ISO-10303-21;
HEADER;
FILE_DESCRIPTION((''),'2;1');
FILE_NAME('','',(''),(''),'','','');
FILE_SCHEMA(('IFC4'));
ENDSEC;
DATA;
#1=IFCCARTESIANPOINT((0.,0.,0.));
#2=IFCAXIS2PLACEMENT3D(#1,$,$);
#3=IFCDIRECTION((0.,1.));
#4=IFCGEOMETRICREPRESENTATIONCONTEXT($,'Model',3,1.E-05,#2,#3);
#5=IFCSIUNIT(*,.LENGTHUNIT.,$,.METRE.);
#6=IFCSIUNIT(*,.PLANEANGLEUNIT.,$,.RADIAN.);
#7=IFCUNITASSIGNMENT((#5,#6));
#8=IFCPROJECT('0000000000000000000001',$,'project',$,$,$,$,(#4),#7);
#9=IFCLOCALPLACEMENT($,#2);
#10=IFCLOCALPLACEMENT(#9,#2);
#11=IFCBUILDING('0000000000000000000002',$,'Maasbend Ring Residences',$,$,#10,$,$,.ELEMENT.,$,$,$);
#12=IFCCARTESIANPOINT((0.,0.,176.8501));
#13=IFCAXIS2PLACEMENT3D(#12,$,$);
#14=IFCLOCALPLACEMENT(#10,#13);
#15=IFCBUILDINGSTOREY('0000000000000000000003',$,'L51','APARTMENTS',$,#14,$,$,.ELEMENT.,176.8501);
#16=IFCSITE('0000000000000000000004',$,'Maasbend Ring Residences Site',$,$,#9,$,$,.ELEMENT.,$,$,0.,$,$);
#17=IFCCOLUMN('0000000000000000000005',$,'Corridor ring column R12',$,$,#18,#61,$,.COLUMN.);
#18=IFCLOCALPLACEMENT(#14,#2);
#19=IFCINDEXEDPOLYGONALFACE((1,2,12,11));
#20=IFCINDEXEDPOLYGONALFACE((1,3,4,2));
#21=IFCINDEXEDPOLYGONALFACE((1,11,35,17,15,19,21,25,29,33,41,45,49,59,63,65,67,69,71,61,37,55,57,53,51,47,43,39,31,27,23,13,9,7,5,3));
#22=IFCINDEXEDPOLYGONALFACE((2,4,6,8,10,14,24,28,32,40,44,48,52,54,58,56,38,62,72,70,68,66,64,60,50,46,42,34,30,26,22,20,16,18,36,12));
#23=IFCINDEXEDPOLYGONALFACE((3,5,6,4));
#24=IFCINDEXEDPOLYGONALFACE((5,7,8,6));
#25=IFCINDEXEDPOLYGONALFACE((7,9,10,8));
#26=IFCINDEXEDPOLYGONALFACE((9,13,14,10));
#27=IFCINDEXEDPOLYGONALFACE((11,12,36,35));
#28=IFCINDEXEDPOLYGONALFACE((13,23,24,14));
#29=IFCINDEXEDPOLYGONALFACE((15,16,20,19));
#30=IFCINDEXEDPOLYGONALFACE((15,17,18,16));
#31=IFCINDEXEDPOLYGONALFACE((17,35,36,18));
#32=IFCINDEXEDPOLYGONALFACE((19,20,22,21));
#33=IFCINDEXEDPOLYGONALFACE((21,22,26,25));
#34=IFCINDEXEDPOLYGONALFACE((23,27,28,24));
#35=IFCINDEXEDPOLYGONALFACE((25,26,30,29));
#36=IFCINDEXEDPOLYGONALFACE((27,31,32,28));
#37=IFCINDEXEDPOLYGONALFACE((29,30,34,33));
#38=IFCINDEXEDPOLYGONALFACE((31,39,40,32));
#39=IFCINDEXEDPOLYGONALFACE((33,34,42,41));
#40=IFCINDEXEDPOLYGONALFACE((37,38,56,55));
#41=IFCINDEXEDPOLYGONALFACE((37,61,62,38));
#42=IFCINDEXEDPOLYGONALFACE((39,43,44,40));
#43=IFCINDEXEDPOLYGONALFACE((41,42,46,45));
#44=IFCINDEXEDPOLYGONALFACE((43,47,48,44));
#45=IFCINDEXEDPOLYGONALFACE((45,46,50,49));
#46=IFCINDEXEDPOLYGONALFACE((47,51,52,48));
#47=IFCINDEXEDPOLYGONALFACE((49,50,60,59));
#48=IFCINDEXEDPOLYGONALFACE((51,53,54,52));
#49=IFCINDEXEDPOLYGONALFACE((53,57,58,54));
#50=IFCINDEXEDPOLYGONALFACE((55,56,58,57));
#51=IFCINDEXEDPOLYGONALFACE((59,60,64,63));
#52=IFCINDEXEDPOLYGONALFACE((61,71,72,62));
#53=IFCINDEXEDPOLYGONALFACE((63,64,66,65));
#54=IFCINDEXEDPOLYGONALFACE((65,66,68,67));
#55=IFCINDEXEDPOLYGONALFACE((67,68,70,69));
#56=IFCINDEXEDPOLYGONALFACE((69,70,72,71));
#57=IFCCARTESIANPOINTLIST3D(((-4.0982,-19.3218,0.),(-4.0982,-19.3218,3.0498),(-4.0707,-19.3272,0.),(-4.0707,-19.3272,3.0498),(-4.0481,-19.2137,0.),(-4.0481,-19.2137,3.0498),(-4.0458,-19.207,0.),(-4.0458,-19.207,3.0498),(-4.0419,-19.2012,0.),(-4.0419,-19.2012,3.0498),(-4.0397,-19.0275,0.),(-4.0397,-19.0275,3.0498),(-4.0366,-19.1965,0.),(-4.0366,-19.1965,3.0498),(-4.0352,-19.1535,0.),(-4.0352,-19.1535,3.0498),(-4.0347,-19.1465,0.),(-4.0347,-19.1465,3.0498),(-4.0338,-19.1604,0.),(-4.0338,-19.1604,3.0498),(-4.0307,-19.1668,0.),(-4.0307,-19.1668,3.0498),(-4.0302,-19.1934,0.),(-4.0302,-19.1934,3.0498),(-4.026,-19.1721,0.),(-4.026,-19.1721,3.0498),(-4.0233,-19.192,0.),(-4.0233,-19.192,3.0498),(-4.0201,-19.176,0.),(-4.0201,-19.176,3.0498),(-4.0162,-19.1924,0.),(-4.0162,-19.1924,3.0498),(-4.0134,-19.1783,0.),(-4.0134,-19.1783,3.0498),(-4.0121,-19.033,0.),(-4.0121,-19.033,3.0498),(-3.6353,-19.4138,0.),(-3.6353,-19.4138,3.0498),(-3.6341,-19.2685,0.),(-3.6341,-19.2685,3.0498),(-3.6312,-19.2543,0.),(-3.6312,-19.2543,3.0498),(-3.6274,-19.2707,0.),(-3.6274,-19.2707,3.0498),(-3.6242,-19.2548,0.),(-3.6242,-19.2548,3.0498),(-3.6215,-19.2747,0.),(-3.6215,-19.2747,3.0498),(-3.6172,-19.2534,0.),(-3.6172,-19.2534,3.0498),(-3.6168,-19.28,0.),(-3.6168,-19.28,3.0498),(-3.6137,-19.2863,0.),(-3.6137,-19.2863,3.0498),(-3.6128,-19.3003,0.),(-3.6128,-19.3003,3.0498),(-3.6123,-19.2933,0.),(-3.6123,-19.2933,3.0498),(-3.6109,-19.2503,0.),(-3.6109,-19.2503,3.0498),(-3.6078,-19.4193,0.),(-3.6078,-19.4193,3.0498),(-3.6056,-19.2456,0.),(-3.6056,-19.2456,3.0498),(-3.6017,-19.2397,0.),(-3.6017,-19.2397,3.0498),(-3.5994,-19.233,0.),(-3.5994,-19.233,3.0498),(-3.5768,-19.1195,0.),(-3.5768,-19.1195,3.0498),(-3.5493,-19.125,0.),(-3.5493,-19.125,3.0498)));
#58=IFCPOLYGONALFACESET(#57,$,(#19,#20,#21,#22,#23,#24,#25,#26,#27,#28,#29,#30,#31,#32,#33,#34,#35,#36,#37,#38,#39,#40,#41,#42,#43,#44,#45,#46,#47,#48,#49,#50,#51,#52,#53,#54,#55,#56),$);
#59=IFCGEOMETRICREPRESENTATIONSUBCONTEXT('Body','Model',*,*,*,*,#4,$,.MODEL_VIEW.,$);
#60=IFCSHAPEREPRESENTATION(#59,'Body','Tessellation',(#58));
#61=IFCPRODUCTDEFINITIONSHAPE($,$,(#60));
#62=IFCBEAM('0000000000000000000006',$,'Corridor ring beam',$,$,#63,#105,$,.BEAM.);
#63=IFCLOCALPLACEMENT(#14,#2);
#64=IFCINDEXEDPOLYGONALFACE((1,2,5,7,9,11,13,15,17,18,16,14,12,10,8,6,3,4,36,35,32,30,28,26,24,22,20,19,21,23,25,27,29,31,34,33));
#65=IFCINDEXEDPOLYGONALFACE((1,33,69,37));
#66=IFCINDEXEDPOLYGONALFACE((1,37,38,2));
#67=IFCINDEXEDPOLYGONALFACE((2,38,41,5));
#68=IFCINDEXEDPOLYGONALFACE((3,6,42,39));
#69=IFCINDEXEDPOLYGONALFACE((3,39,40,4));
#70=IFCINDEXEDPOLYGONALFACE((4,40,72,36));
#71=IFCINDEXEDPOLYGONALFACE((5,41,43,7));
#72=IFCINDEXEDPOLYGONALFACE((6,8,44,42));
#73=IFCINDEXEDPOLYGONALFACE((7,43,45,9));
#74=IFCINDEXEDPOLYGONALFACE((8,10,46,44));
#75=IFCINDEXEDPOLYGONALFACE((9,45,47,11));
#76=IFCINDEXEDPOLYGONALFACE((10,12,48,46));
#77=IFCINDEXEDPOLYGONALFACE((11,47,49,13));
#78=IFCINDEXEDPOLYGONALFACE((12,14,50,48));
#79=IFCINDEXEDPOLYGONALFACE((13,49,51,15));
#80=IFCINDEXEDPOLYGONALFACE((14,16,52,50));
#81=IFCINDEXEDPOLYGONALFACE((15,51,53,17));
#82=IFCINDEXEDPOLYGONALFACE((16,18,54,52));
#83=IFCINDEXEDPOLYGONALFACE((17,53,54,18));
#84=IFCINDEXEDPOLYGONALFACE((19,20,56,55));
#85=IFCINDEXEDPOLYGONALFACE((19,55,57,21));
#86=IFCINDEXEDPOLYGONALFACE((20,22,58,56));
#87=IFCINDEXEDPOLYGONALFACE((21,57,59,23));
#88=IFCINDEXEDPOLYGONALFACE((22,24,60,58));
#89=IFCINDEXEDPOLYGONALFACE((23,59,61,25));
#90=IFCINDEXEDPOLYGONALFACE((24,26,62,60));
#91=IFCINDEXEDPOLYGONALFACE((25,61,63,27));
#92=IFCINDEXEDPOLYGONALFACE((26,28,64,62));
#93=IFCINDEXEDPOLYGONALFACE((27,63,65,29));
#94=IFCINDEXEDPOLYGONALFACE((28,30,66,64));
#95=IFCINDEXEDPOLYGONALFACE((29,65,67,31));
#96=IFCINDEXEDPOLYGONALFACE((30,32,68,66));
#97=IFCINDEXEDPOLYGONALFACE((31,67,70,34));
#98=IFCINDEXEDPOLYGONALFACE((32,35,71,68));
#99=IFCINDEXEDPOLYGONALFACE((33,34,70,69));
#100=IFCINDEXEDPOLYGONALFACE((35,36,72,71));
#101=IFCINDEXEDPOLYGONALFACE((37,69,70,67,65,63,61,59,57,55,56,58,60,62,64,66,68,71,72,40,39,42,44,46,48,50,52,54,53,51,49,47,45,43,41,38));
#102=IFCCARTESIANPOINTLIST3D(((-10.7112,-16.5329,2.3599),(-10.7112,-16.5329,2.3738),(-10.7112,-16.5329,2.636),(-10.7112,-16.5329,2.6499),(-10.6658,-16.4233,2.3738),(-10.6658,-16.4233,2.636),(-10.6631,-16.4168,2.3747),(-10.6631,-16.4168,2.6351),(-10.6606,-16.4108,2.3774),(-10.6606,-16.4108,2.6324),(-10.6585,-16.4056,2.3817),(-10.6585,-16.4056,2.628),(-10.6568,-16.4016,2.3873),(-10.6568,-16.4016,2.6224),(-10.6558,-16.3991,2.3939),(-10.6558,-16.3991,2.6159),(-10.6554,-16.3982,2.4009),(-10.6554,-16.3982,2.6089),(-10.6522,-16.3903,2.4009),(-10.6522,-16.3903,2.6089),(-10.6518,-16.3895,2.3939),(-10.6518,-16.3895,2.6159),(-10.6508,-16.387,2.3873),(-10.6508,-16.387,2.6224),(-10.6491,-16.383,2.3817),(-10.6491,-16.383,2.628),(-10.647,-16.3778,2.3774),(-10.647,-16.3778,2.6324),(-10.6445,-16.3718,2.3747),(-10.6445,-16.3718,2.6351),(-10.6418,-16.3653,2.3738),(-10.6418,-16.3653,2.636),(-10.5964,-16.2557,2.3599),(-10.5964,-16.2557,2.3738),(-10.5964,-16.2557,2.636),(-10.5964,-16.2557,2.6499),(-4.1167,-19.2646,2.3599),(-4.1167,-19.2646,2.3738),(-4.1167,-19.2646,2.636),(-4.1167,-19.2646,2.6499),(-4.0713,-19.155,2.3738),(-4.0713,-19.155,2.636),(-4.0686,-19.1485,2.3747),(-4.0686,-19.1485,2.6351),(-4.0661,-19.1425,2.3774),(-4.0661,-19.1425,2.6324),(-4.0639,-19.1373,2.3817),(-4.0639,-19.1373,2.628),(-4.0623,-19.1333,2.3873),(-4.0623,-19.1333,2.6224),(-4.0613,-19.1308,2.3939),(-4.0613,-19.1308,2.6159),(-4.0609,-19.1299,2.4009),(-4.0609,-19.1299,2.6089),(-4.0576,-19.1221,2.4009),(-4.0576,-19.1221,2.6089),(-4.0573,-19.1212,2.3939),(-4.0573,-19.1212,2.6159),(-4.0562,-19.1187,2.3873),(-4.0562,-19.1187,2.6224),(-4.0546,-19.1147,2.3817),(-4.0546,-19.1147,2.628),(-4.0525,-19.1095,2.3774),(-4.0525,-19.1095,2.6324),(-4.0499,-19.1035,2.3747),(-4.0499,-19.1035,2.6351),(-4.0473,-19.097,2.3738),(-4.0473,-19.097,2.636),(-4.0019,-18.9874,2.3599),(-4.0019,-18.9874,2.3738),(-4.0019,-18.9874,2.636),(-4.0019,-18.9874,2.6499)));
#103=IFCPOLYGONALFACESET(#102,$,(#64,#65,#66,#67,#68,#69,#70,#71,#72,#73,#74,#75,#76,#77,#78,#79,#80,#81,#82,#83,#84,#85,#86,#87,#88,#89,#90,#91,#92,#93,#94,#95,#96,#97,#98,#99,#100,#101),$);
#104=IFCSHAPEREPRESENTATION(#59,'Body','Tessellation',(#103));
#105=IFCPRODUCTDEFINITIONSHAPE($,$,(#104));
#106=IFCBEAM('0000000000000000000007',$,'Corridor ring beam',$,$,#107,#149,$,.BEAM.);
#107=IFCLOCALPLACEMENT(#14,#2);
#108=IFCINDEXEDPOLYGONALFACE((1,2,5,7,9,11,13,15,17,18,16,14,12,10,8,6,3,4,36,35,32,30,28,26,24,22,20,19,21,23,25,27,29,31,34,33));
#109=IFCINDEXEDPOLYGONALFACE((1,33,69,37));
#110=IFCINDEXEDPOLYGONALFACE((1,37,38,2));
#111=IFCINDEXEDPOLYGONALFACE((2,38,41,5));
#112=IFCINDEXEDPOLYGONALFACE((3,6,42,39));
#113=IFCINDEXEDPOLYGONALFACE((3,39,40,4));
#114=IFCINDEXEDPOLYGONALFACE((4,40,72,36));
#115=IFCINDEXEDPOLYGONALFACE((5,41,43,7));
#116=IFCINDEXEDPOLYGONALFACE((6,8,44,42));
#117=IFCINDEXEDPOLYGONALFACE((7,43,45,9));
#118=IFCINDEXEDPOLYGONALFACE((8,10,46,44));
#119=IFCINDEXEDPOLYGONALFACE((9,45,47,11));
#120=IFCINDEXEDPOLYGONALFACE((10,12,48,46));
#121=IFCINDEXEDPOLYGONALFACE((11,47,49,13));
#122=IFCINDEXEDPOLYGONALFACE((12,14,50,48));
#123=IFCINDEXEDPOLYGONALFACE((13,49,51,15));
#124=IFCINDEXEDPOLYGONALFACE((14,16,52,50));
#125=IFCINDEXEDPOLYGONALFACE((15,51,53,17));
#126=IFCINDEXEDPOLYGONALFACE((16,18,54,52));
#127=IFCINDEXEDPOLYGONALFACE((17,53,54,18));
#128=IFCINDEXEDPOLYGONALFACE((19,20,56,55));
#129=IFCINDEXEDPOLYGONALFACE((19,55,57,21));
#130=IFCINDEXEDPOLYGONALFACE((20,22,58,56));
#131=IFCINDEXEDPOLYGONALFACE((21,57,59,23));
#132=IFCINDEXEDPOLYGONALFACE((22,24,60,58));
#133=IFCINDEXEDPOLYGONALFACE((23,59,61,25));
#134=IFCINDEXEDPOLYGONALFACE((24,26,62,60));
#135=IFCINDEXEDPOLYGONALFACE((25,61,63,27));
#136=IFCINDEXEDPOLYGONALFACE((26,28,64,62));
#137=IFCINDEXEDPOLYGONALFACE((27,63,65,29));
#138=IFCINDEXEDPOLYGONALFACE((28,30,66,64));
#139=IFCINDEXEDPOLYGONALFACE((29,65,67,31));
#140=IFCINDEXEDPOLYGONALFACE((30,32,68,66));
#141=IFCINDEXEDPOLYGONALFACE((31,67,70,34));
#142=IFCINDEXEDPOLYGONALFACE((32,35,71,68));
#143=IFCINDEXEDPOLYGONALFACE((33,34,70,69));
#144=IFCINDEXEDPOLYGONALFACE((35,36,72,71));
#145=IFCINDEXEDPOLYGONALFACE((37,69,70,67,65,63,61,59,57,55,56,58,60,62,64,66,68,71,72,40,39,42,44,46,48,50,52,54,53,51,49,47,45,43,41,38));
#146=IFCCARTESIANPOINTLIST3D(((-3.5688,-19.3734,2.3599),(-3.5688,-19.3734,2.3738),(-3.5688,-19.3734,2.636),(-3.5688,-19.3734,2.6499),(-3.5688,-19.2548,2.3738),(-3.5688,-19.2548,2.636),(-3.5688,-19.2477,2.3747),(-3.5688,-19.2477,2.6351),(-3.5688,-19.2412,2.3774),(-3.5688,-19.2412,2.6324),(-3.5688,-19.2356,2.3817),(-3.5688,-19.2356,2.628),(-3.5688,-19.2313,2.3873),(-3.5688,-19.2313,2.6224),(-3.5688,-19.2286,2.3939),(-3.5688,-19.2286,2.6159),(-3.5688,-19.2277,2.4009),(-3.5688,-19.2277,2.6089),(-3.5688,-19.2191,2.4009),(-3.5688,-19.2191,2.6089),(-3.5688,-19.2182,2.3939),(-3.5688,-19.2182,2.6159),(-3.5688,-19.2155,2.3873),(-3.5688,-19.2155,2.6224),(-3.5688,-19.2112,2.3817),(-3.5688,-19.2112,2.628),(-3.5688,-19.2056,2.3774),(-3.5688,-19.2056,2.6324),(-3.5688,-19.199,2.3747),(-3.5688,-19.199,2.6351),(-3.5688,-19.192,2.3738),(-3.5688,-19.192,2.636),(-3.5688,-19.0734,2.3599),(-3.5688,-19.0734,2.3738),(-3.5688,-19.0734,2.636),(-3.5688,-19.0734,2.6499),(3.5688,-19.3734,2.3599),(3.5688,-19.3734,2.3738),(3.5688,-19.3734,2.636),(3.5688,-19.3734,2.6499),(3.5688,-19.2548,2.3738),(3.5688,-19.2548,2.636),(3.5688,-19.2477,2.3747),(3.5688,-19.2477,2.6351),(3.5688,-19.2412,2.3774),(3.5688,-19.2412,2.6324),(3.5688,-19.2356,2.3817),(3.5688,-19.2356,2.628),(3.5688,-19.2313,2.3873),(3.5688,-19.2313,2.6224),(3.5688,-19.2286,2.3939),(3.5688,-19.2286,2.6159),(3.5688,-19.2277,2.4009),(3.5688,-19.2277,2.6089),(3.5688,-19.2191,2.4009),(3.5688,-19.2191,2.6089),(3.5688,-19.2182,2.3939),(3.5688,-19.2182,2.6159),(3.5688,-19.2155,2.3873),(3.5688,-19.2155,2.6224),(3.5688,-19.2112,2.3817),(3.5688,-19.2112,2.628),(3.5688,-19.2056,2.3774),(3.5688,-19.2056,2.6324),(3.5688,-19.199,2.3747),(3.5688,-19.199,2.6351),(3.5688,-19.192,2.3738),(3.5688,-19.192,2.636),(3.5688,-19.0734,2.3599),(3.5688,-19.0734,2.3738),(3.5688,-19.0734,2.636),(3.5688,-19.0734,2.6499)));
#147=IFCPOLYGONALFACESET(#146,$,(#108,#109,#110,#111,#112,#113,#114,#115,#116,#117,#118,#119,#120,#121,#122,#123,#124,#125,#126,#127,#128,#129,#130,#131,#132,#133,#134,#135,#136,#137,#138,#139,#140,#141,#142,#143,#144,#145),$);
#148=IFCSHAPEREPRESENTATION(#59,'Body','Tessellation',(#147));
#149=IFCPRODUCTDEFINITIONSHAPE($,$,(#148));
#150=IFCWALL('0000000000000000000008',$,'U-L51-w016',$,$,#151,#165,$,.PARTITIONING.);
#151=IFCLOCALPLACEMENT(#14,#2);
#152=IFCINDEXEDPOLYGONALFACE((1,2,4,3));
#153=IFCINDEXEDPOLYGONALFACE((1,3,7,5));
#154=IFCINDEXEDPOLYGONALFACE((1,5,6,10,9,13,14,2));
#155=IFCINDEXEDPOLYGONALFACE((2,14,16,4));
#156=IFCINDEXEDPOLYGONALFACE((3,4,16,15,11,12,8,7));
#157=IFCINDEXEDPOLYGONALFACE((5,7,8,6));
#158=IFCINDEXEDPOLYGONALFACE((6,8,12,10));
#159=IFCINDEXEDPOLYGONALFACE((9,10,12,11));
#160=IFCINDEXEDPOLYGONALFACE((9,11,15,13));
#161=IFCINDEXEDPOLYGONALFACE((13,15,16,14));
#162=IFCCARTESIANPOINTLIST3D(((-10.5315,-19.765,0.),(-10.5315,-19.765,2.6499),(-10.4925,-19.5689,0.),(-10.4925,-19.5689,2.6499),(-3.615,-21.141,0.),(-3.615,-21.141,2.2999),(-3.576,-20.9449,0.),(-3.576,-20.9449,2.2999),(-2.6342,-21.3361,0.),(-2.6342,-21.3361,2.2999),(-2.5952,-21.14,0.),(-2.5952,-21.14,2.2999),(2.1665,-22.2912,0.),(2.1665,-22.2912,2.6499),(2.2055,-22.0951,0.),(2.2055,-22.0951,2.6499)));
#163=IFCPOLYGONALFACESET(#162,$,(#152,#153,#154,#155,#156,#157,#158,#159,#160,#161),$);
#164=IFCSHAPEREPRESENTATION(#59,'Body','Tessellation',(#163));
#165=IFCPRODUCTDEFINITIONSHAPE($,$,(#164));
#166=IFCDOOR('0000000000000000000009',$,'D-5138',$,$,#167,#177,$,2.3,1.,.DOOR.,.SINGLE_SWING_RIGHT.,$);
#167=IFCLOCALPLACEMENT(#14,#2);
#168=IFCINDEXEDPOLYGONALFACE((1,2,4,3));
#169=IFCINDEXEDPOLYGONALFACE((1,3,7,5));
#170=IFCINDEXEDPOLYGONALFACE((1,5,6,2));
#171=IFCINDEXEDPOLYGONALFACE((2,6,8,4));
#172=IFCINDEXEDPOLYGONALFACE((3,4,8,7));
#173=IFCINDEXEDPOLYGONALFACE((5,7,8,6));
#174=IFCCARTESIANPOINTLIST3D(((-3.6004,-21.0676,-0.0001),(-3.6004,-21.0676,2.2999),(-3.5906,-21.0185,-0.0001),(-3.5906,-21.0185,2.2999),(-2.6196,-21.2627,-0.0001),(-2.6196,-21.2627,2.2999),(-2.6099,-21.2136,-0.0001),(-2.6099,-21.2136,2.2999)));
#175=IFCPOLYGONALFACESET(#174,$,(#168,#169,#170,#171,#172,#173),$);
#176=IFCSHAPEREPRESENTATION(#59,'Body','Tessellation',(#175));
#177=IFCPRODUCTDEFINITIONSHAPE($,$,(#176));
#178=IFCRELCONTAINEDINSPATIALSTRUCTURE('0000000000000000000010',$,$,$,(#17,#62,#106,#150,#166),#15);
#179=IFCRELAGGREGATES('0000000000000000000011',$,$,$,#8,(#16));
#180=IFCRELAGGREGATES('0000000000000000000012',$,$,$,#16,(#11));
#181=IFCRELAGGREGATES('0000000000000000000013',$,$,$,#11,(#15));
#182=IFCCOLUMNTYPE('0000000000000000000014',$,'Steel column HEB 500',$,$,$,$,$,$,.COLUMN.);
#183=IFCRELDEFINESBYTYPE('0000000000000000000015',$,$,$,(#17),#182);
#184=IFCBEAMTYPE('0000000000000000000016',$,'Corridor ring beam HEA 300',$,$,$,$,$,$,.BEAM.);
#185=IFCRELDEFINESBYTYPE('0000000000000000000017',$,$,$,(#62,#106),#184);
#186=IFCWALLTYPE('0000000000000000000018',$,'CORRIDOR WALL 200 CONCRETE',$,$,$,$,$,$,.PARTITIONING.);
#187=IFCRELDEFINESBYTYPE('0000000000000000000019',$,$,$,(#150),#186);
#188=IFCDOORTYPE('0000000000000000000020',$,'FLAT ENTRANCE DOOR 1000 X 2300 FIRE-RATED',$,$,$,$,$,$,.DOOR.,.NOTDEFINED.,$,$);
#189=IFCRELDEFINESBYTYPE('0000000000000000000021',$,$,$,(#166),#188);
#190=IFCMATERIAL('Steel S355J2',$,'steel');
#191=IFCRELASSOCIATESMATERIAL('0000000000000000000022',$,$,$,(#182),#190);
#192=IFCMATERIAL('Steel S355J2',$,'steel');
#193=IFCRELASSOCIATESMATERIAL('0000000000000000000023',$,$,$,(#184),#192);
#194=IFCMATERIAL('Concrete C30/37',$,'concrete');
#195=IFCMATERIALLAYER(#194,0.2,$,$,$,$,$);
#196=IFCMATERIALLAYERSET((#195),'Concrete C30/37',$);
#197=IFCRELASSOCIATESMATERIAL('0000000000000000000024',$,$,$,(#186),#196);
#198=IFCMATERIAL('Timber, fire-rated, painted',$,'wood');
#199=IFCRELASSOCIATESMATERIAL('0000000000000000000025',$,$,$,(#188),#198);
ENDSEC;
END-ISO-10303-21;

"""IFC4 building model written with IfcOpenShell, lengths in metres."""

from ifc_helpers import new_model, si_unit, direction, frame, frame_2d, origin, origin_2d, place, context, subcontext, project, spatial, rectangle, i_section, extrude, material, layer, layer_set, material_profile, profile_set, type_object, element, fill, save


model = new_model("IFC4")

# Units and contexts
model_context = context("Model", 3, precision=1e-05, world=origin(), true_north=direction((0.0, 1.0)))
body_context = subcontext(model_context, "Body", "Model", "MODEL_VIEW")
ifc_project = project(units=[si_unit("LENGTHUNIT", "METRE"), si_unit("PLANEANGLEUNIT", "RADIAN")], contexts=[model_context])

# Site, building, storey
site_placement = place(None, origin())
site = spatial("IfcSite", under=ifc_project, at=site_placement, Name="Maasbend Ring Residences Site", CompositionType="ELEMENT", RefElevation=0.0)
building_placement = place(site_placement, origin())
building = spatial("IfcBuilding", under=site, at=building_placement, Name="Maasbend Ring Residences", CompositionType="ELEMENT")
storey_placement = place(building_placement, frame((0.0, 0.0, 176.8501)))
storey = spatial("IfcBuildingStorey", under=building, at=storey_placement, Name="L51", Description="APARTMENTS", CompositionType="ELEMENT", Elevation=176.8501)

# Column
ifc_material_1 = material(Name="Steel S355J2", Category="steel")
ifc_material_profile_1 = material_profile(ifc_material_1, i_section(OverallWidth=0.3, OverallDepth=0.5, WebThickness=0.0144, FlangeThickness=0.0281, FilletRadius=0.0271, at=origin_2d()), Name="HEB 500")
ifc_profile_set_1 = profile_set([ifc_material_profile_1], Name="Steel S355J2")
column_type = type_object("IfcColumnType", Name="Steel column HEB 500", PredefinedType="COLUMN", material=ifc_profile_set_1)
column_placement = place(storey_placement, frame((-3.8237, -19.2234, 0.0), z_axis=(0.0, 0.0, 1.0), x_axis=(-0.19509, -0.980785, 0.0)))
element("IfcColumn", 1, at=column_placement, inside=storey, type_object=column_type, Name="Corridor ring column R12", PredefinedType="COLUMN", context=body_context, shape_type="SweptSolid", body=[
    extrude(i_section(OverallWidth=0.3, OverallDepth=0.5, WebThickness=0.0144, FlangeThickness=0.0281, FilletRadius=0.0271, at=origin_2d()), origin(), (0.0, 0.0, 1.0), 3.0498),
])

# Beams
ifc_material_2 = material(Name="Steel S355J2", Category="steel")
ifc_material_profile_2 = material_profile(ifc_material_2, i_section(OverallWidth=0.3, OverallDepth=0.29, WebThickness=0.0085, FlangeThickness=0.0139, FilletRadius=0.0271, at=origin_2d()), Name="HEA 300")
ifc_profile_set_2 = profile_set([ifc_material_profile_2], Name="Steel S355J2")
beam_type = type_object("IfcBeamType", Name="Corridor ring beam HEA 300", PredefinedType="BEAM", material=ifc_profile_set_2)
beam_1_placement = place(storey_placement, frame((-10.6538, -16.3943, 2.5049), z_axis=(0.923871, -0.382703, 0.0), x_axis=(0.382703, 0.923871, 0.0)))
element("IfcBeam", 2, at=beam_1_placement, inside=storey, type_object=beam_type, Name="Corridor ring beam", PredefinedType="BEAM", context=body_context, shape_type="SweptSolid", body=[
    extrude(i_section(OverallWidth=0.3, OverallDepth=0.29, WebThickness=0.0085, FlangeThickness=0.0139, FilletRadius=0.0271, at=origin_2d()), origin(), (0.0, 0.0, 1.0), 7.1379),
])
beam_2_placement = place(storey_placement, frame((-3.5688, -19.2234, 2.5049), z_axis=(1.0, 0.0, 0.0), x_axis=(0.0, 1.0, 0.0)))
element("IfcBeam", 3, at=beam_2_placement, inside=storey, type_object=beam_type, Name="Corridor ring beam", PredefinedType="BEAM", context=body_context, shape_type="SweptSolid", body=[
    extrude(i_section(OverallWidth=0.3, OverallDepth=0.29, WebThickness=0.0085, FlangeThickness=0.0139, FilletRadius=0.0271, at=origin_2d()), origin(), (0.0, 0.0, 1.0), 7.1377),
])

# Wall, opening, door
ifc_material_3 = material(Name="Concrete C30/37", Category="concrete")
ifc_layer_1 = layer(ifc_material_3, 0.2)
ifc_layer_set_1 = layer_set([ifc_layer_1], Name="Concrete C30/37")
wall_type_1 = type_object("IfcWallType", Name="CORRIDOR WALL 200 CONCRETE", PredefinedType="PARTITIONING", material=ifc_layer_set_1)
wall_1_placement = place(storey_placement, frame((-10.512, -19.667, 0.0), z_axis=(0.0, 0.0, 1.0), x_axis=(0.98078, -0.195115, 0.0)))
wall_1 = element("IfcWall", 4, at=wall_1_placement, inside=storey, type_object=wall_type_1, Name="U-L51-w016", PredefinedType="PARTITIONING", context=body_context, shape_type="SweptSolid", body=[
    extrude(rectangle(XDim=12.9468, YDim=0.2, at=frame_2d((6.4734, 0.0))), origin(), (0.0, 0.0, 1.0), 2.6499),
])
opening_1_placement = place(wall_1_placement, frame((7.052, 0.0, 0.0)))
opening_1 = element("IfcOpeningElement", 5, at=opening_1_placement, cuts=wall_1, PredefinedType="OPENING", context=body_context, shape_type="SweptSolid", body=[
    extrude(rectangle(XDim=1.0, YDim=2.3, at=frame_2d((0.5, 1.1499))), frame((0.0, 0.1099, 0.0), z_axis=(0.0, -1.0, 0.0), x_axis=(1.0, 0.0, 0.0)), (0.0, 0.0, 1.0), 0.22),
])
ifc_material_4 = material(Name="Timber, fire-rated, painted", Category="wood")
door_type_1 = type_object("IfcDoorType", Name="FLAT ENTRANCE DOOR 1000 X 2300 FIRE-RATED", OperationType="NOTDEFINED", PredefinedType="DOOR", material=ifc_material_4)
door_1_placement = place(opening_1_placement, origin())
door_1 = element("IfcDoor", 6, at=door_1_placement, inside=storey, type_object=door_type_1, Name="D-5138", OperationType="SINGLE_SWING_RIGHT", OverallHeight=2.3, OverallWidth=1.0, PredefinedType="DOOR", context=body_context, shape_type="SweptSolid", body=[
    extrude(rectangle(XDim=1.0, YDim=2.3, at=frame_2d((0.5, 1.1499))), frame((0.0, 0.0249, 0.0), z_axis=(0.0, -1.0, 0.0), x_axis=(1.0, 0.0, 0.0)), (0.0, 0.0, 1.0), 0.05),
])
fill(opening_1, door_1)

save(model, "model.ifc")
